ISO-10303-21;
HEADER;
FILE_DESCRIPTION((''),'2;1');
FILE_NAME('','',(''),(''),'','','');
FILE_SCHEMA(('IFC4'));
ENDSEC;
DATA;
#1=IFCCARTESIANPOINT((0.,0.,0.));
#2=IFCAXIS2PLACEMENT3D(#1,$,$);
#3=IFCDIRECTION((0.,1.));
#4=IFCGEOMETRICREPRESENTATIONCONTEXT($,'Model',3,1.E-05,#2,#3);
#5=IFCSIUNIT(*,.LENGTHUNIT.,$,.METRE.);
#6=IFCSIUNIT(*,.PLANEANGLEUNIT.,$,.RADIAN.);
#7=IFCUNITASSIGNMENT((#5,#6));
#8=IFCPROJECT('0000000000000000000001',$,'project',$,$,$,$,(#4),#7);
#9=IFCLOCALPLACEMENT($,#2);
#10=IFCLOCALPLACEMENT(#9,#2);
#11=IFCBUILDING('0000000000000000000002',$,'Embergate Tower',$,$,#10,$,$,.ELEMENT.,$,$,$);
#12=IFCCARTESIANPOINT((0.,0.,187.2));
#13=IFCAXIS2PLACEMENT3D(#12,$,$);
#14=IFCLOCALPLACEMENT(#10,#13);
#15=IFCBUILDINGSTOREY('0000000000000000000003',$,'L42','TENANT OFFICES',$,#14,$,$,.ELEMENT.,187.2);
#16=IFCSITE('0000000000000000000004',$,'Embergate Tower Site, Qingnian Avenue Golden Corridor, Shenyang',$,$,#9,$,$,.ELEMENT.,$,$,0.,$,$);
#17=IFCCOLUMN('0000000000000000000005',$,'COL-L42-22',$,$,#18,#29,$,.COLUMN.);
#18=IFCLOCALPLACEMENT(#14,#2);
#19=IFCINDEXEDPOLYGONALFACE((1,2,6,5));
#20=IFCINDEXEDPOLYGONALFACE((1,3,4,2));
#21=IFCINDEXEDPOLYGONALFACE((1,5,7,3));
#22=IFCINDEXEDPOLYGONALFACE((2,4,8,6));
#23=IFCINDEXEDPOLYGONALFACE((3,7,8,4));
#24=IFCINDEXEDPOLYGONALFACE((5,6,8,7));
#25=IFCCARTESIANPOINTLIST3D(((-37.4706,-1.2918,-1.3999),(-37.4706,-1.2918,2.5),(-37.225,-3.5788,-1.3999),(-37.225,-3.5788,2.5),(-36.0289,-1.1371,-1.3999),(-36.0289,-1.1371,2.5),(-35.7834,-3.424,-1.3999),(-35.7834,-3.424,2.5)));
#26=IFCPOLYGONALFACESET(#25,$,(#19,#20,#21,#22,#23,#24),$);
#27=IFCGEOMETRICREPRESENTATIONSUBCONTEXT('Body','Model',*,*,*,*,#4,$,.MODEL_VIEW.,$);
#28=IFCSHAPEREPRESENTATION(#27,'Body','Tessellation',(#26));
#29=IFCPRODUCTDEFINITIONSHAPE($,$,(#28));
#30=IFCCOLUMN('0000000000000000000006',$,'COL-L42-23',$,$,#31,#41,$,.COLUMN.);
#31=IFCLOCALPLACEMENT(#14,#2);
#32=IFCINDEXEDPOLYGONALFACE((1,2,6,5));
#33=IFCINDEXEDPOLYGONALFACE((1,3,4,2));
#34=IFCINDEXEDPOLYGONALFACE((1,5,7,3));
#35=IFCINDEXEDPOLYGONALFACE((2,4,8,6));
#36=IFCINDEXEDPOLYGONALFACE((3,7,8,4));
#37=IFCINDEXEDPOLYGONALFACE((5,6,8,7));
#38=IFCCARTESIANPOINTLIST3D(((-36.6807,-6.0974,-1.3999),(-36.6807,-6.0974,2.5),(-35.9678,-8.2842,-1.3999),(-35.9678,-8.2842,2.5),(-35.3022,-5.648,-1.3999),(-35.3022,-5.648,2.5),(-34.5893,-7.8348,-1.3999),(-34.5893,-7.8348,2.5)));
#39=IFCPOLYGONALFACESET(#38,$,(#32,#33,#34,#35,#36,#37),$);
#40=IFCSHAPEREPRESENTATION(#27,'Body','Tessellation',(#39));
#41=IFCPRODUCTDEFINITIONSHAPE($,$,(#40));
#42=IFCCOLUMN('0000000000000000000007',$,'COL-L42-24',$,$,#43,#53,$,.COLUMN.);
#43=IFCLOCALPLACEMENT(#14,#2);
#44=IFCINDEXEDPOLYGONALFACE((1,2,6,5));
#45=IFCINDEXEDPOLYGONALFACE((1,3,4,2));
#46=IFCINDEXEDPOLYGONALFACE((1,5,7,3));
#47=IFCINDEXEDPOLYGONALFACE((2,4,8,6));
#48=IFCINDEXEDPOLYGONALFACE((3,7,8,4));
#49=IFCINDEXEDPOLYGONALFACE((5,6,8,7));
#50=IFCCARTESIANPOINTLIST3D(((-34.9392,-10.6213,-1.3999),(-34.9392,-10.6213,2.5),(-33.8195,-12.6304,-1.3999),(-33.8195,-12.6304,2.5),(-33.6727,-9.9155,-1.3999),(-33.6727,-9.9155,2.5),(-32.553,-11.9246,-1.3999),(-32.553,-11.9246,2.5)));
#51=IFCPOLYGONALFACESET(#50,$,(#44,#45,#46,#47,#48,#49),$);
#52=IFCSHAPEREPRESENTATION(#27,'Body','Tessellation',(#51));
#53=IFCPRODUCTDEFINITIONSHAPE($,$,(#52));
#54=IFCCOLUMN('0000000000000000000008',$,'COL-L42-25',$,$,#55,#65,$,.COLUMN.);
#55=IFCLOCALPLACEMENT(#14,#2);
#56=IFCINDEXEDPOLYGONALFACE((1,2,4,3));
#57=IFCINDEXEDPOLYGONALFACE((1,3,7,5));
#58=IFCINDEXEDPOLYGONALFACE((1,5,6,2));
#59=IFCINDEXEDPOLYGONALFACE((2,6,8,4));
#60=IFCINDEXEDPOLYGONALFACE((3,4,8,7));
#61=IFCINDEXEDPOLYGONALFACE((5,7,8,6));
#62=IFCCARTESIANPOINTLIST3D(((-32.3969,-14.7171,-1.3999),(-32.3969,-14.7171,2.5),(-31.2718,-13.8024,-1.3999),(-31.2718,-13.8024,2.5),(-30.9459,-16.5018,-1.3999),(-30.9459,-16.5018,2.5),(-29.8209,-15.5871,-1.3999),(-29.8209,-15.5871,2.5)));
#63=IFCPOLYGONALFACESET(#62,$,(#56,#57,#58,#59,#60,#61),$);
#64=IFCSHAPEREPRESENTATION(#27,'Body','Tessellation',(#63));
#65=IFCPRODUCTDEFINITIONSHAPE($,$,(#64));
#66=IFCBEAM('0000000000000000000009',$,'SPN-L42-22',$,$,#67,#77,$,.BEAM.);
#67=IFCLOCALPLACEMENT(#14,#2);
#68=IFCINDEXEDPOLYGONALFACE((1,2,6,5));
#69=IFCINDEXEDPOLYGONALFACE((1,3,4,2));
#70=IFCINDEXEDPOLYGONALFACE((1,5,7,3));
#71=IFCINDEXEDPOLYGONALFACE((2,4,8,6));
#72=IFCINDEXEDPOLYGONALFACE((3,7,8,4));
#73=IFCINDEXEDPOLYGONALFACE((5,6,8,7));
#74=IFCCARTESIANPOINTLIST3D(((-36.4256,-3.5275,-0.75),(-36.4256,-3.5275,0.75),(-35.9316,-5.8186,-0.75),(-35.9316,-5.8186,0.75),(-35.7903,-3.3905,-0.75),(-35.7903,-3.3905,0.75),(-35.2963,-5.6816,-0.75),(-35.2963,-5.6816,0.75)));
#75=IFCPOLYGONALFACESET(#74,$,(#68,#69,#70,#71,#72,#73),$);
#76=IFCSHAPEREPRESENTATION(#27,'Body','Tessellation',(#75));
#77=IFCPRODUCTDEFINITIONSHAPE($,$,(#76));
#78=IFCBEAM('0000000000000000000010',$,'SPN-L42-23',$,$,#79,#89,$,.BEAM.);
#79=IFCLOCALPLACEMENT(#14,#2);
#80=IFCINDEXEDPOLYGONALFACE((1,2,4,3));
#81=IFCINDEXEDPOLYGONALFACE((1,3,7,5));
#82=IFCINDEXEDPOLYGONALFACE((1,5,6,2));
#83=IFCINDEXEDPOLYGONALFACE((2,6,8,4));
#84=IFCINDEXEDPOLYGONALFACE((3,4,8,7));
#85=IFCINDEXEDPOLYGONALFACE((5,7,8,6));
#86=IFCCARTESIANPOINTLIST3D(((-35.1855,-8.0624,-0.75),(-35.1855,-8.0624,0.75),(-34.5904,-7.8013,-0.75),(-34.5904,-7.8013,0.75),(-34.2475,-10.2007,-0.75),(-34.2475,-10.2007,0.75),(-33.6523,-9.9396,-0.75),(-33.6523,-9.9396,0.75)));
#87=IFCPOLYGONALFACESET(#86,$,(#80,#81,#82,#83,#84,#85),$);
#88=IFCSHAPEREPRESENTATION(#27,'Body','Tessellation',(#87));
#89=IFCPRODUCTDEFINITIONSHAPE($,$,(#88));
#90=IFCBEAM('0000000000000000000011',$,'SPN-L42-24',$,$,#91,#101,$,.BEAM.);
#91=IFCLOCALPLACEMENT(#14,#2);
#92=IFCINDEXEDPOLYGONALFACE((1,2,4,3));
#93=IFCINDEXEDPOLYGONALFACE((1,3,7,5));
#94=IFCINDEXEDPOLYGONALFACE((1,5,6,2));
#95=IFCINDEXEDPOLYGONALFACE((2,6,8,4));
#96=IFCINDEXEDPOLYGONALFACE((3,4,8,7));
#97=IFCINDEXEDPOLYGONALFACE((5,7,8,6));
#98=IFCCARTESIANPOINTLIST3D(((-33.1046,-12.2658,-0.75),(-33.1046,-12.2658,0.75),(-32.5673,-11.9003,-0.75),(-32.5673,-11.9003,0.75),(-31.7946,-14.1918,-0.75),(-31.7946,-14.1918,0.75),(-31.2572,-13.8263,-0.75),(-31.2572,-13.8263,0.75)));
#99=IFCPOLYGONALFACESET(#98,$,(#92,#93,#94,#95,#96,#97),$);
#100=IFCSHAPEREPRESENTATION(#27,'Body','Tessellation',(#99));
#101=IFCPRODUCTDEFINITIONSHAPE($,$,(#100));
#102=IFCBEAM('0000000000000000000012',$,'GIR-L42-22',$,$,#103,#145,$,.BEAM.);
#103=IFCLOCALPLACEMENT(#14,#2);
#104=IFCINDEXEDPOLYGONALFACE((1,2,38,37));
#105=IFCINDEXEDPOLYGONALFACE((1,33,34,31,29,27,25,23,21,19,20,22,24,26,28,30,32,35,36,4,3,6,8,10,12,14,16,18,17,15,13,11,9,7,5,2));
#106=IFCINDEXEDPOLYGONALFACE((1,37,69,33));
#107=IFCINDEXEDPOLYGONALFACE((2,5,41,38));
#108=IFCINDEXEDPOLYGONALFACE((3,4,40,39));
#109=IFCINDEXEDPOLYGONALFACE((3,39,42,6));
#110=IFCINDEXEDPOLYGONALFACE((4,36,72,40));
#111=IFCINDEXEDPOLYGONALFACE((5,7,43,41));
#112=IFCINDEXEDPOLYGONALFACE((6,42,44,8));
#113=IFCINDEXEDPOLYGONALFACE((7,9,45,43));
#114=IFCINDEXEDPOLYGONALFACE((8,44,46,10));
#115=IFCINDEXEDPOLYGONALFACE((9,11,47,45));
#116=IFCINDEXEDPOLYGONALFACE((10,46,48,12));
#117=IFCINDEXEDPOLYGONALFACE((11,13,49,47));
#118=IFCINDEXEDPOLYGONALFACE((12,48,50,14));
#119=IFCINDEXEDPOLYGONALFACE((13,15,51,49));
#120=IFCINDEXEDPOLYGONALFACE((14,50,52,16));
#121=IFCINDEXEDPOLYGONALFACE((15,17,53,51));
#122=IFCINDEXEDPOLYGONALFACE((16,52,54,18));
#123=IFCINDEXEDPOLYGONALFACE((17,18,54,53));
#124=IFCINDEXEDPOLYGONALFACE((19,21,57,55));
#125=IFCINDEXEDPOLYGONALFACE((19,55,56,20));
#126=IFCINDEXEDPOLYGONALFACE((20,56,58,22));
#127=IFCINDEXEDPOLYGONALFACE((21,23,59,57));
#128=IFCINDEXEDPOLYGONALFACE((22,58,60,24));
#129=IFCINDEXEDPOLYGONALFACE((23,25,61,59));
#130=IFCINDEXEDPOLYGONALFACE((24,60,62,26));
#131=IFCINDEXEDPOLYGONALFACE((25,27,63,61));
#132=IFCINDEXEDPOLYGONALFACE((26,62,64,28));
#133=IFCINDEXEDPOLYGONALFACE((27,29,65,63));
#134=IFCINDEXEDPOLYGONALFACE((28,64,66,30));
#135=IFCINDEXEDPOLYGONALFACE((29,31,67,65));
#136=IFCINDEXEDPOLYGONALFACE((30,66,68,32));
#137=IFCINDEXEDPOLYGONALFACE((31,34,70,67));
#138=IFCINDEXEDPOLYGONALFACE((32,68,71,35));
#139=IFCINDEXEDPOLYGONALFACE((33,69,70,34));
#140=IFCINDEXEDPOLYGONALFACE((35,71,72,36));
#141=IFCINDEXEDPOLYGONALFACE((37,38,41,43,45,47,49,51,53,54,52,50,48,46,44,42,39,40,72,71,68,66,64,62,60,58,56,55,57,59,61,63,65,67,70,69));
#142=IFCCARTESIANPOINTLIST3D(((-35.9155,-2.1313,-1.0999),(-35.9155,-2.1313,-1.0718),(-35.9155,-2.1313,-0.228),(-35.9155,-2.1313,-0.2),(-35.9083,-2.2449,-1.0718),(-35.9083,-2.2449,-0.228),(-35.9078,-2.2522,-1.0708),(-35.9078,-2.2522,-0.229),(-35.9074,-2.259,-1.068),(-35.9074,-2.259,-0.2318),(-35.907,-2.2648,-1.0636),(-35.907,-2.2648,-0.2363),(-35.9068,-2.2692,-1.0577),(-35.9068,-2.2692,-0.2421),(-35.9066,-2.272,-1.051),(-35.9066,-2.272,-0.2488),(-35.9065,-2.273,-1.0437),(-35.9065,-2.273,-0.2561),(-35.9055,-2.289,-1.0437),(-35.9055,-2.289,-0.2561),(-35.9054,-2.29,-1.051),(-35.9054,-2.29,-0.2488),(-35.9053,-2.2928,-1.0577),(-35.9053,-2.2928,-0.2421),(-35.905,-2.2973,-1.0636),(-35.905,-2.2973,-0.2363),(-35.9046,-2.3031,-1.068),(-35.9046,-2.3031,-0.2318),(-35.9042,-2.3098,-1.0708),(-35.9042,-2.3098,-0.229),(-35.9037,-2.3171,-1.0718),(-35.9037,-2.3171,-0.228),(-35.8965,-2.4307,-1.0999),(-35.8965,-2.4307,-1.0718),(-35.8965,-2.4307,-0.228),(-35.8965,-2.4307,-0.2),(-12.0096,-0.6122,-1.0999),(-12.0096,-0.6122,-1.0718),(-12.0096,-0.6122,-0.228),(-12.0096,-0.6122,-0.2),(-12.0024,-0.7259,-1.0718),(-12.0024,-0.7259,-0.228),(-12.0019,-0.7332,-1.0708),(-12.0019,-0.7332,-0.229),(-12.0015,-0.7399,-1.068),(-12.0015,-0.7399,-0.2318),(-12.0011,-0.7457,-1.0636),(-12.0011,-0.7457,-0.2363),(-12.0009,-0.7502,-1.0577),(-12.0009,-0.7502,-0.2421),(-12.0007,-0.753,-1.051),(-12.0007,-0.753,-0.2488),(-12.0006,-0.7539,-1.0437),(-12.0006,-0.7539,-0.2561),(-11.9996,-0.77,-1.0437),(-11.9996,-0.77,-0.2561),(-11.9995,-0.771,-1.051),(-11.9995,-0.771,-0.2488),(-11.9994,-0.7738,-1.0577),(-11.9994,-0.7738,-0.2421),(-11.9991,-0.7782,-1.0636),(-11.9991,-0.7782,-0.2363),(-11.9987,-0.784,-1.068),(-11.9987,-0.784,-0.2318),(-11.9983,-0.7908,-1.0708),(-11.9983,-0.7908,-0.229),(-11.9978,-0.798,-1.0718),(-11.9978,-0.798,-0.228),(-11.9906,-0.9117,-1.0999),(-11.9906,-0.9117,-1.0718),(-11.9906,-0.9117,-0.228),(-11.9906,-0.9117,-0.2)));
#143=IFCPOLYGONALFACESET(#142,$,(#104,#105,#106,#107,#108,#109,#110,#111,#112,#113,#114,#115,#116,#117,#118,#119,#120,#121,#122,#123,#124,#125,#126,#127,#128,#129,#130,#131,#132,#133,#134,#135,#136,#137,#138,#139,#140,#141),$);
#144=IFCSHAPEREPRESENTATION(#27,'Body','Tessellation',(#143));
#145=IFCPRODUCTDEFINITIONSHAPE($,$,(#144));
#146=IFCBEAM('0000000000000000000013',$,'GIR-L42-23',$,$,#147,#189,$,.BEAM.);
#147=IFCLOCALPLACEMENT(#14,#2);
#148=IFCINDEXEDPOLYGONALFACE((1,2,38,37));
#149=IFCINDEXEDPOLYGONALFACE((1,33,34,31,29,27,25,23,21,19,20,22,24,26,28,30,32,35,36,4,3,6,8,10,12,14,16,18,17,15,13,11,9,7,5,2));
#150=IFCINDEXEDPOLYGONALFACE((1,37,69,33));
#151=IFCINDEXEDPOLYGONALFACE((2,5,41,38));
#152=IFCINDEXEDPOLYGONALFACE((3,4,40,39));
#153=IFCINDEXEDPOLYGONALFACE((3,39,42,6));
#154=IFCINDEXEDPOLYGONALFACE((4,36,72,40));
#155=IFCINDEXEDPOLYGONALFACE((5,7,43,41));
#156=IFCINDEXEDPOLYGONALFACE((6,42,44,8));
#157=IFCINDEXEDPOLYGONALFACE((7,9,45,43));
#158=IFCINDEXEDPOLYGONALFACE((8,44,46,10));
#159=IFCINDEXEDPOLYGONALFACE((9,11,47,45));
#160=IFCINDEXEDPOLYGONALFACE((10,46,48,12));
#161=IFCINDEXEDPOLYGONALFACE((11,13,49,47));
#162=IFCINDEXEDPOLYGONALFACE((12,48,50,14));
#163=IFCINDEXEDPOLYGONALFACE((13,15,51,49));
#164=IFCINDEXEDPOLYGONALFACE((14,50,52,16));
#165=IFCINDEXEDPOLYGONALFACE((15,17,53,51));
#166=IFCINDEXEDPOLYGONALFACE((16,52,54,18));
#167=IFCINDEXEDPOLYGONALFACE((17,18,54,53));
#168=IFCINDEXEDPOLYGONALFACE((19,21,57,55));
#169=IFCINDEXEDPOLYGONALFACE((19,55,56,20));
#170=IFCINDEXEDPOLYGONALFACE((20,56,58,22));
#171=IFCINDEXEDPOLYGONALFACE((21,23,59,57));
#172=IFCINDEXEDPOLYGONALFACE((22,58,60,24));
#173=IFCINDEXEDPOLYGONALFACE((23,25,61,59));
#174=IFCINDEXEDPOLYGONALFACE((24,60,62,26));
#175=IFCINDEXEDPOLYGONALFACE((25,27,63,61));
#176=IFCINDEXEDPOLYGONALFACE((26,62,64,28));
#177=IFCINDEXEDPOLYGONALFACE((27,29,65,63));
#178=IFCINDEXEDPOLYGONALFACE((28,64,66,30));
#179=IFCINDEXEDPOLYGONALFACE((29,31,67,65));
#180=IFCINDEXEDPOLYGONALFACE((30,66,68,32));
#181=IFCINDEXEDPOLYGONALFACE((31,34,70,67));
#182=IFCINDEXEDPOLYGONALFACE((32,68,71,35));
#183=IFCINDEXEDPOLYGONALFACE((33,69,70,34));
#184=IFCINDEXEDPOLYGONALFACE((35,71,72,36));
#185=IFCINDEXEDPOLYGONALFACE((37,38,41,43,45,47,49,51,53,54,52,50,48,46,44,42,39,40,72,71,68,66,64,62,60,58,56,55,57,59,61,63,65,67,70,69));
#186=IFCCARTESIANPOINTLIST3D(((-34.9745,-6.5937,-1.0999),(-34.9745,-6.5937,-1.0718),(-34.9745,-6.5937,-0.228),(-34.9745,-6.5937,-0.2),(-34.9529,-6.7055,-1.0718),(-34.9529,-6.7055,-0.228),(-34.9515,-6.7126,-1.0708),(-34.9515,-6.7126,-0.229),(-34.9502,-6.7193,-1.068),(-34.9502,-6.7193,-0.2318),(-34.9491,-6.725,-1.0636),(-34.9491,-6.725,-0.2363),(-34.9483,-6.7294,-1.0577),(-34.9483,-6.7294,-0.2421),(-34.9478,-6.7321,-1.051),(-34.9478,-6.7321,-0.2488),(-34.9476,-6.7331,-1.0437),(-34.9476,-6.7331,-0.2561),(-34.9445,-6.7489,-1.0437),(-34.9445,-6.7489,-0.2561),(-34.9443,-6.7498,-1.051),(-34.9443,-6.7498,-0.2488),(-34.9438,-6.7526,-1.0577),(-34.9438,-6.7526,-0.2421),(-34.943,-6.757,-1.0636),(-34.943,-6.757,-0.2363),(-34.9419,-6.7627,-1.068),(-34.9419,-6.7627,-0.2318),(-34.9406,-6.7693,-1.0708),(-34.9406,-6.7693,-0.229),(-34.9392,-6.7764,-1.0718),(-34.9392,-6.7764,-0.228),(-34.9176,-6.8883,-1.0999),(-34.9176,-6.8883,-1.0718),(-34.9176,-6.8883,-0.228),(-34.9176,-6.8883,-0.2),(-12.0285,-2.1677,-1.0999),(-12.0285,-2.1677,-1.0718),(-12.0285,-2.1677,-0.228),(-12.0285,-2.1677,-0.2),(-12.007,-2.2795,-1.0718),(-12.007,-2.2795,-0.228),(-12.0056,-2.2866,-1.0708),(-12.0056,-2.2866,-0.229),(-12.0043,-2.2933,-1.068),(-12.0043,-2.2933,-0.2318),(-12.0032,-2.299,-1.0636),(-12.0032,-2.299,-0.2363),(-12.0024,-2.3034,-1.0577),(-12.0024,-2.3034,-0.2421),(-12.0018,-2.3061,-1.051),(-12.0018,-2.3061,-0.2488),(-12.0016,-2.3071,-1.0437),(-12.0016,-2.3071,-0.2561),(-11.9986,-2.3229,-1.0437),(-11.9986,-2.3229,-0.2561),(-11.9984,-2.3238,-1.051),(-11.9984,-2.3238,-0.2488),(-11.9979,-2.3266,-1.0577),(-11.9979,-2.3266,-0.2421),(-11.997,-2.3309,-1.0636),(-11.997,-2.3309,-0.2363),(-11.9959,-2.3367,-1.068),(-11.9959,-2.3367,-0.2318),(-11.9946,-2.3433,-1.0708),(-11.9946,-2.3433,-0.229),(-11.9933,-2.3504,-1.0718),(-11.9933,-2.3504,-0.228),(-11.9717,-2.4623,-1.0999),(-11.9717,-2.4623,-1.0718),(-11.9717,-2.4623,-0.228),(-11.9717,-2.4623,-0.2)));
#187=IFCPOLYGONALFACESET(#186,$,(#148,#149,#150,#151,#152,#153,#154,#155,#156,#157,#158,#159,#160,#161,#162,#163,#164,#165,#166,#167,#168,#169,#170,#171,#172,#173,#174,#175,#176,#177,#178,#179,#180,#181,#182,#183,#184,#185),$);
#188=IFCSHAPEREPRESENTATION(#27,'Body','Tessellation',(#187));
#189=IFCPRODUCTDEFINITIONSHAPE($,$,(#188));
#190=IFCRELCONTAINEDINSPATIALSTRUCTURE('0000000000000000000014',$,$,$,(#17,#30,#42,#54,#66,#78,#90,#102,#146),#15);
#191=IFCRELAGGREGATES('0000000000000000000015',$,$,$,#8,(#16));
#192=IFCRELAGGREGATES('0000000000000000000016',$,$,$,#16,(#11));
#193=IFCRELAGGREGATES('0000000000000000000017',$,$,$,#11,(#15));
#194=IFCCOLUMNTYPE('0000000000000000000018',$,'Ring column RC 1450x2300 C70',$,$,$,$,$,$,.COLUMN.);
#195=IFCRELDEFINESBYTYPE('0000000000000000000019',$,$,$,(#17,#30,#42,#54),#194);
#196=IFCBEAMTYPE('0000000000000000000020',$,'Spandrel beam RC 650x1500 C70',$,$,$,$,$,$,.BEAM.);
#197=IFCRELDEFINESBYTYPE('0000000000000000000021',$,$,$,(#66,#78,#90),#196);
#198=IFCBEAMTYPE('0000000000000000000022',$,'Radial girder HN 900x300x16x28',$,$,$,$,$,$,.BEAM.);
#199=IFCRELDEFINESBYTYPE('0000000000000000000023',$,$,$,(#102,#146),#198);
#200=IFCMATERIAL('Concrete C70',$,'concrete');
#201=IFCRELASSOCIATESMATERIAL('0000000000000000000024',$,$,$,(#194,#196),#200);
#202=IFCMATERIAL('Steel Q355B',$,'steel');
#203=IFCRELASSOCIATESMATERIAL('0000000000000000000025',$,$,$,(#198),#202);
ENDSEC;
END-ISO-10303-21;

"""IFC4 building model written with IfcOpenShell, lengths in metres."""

from ifc_helpers import new_model, si_unit, direction, frame, origin, origin_2d, place, context, subcontext, project, spatial, rectangle, i_section, extrude, source, transform, mapped, material, material_profile, profile_set, type_object, element, save


model = new_model("IFC4")

# Units and contexts
model_context = context("Model", 3, precision=1e-05, world=origin(), true_north=direction((0.0, 1.0)))
body_context = subcontext(model_context, "Body", "Model", "MODEL_VIEW")
ifc_project = project(units=[si_unit("LENGTHUNIT", "METRE"), si_unit("PLANEANGLEUNIT", "RADIAN")], contexts=[model_context])

# Site, building, storey
site_placement = place(None, origin())
site = spatial("IfcSite", under=ifc_project, at=site_placement, Name="Embergate Tower Site, Qingnian Avenue Golden Corridor, Shenyang", CompositionType="ELEMENT", RefElevation=0.0)
building_placement = place(site_placement, origin())
building = spatial("IfcBuilding", under=site, at=building_placement, Name="Embergate Tower", CompositionType="ELEMENT")
storey_placement = place(building_placement, frame((0.0, 0.0, 187.2)))
storey = spatial("IfcBuildingStorey", under=building, at=storey_placement, Name="L42", Description="TENANT OFFICES", CompositionType="ELEMENT", Elevation=187.2)

# Columns
ifc_material_1 = material(Name="Concrete C70", Category="concrete")
ifc_material_profile_1 = material_profile(ifc_material_1, rectangle(XDim=1.45, YDim=2.3, at=origin_2d()), Name="RC 1450x2300")
ifc_profile_set_1 = profile_set([ifc_material_profile_1], Name="Concrete C70")
column_type = type_object("IfcColumnType", Name="Ring column RC 1450x2300 C70", PredefinedType="COLUMN", material=ifc_profile_set_1)
shared_shape_1 = source(origin(), body_context, "Body", "SweptSolid", [
    extrude(rectangle(XDim=1.45, YDim=2.3, at=origin_2d()), origin(), (0.0, 0.0, 1.0), 3.8999),
])
for number, where, z_axis, x_axis, name in (
    (1, (-36.627, -2.3579, -1.3999), (0.0, 0.0, 1.0), (-0.994286, -0.10675, 0.0), "COL-L42-22"),
    (2, (-35.635, -6.9661, -1.3999), (0.0, 0.0, 1.0), (-0.950754, -0.309946, 0.0), "COL-L42-23"),
    (3, (-33.7461, -11.2729, -1.3999), (0.0, 0.0, 1.0), (-0.8735, -0.486823, 0.0), "COL-L42-24"),
    (4, (-31.1089, -15.1521, -1.3999), (0.0, 0.0, 1.0), (-0.775925, -0.630825, 0.0), "COL-L42-25"),
):
    element("IfcColumn", number, at=place(storey_placement, frame(where, z_axis=z_axis, x_axis=x_axis)), inside=storey, type_object=column_type, Name=name, PredefinedType="COLUMN", context=body_context, shape_type="MappedRepresentation", body=[
        mapped(shared_shape_1, transform((0.0, 0.0, 0.0))),
    ])

# Beams
ifc_material_profile_2 = material_profile(ifc_material_1, rectangle(XDim=0.6499, YDim=1.5, at=origin_2d()), Name="RC 650x1500")
ifc_profile_set_2 = profile_set([ifc_material_profile_2], Name="Concrete C70")
beam_type_1 = type_object("IfcBeamType", Name="Spandrel beam RC 650x1500 C70", PredefinedType="BEAM", material=ifc_profile_set_2)
shared_shape_2 = source(origin(), body_context, "Body", "SweptSolid", [
    extrude(rectangle(XDim=0.6499, YDim=1.5, at=origin_2d()), origin(), (0.0, 0.0, 1.0), 2.3438),
])
beam_1_placement = place(storey_placement, frame((-36.1079, -3.459, 0.0), z_axis=(0.210738, -0.977543, 0.0), x_axis=(0.977543, 0.210738, 0.0)))
element("IfcBeam", 5, at=beam_1_placement, inside=storey, type_object=beam_type_1, Name="SPN-L42-22", PredefinedType="BEAM", context=body_context, shape_type="MappedRepresentation", body=[
    mapped(shared_shape_2, transform((0.0, 0.0, 0.0))),
])
shared_shape_3 = source(origin(), body_context, "Body", "SweptSolid", [
    extrude(rectangle(XDim=0.6499, YDim=1.5, at=origin_2d()), origin(), (0.0, 0.0, 1.0), 2.335),
])
beam_2_placement = place(storey_placement, frame((-34.8879, -7.9319, 0.0), z_axis=(0.401729, -0.915759, 0.0), x_axis=(0.915759, 0.401729, 0.0)))
element("IfcBeam", 6, at=beam_2_placement, inside=storey, type_object=beam_type_1, Name="SPN-L42-23", PredefinedType="BEAM", context=body_context, shape_type="MappedRepresentation", body=[
    mapped(shared_shape_3, transform((0.0, 0.0, 0.0))),
])
shared_shape_4 = source(origin(), body_context, "Body", "SweptSolid", [
    extrude(rectangle(XDim=0.6499, YDim=1.5, at=origin_2d()), origin(), (0.0, 0.0, 1.0), 2.3293),
])
beam_3_placement = place(storey_placement, frame((-32.8359, -12.083, 0.0), z_axis=(0.562416, -0.826854, 0.0), x_axis=(0.826854, 0.562416, 0.0)))
element("IfcBeam", 7, at=beam_3_placement, inside=storey, type_object=beam_type_1, Name="SPN-L42-24", PredefinedType="BEAM", context=body_context, shape_type="MappedRepresentation", body=[
    mapped(shared_shape_4, transform((0.0, 0.0, 0.0))),
])
ifc_material_2 = material(Name="Steel Q355B", Category="steel")
ifc_material_profile_3 = material_profile(ifc_material_2, i_section(OverallWidth=0.3, OverallDepth=0.8999, WebThickness=0.0161, FlangeThickness=0.0281, FilletRadius=0.0281, at=origin_2d()), Name="HN 900x300x16x28")
ifc_profile_set_3 = profile_set([ifc_material_profile_3], Name="Steel Q355 grade B")
beam_type_2 = type_object("IfcBeamType", Name="Radial girder HN 900x300x16x28", PredefinedType="BEAM", material=ifc_profile_set_3)
shared_shape_5 = source(origin(), body_context, "Body", "SweptSolid", [
    extrude(i_section(OverallWidth=0.3, OverallDepth=0.8999, WebThickness=0.0161, FlangeThickness=0.0281, FilletRadius=0.0281, at=origin_2d()), origin(), (0.0, 0.0, 1.0), 23.9541),
])
beam_4_placement = place(storey_placement, frame((-35.906, -2.281, -0.6499), z_axis=(0.997987, 0.063414, 0.0), x_axis=(-0.063414, 0.997987, 0.0)))
element("IfcBeam", 8, at=beam_4_placement, inside=storey, type_object=beam_type_2, Name="GIR-L42-22", PredefinedType="BEAM", context=body_context, shape_type="MappedRepresentation", body=[
    mapped(shared_shape_5, transform((0.0, 0.0, 0.0))),
])
shared_shape_6 = source(origin(), body_context, "Body", "SweptSolid", [
    extrude(i_section(OverallWidth=0.3, OverallDepth=0.8999, WebThickness=0.0161, FlangeThickness=0.0281, FilletRadius=0.0281, at=origin_2d()), origin(), (0.0, 0.0, 1.0), 23.3689),
])
beam_5_placement = place(storey_placement, frame((-34.946, -6.741, -0.6499), z_axis=(0.981901, 0.189397, 0.0), x_axis=(-0.189397, 0.981901, 0.0)))
element("IfcBeam", 9, at=beam_5_placement, inside=storey, type_object=beam_type_2, Name="GIR-L42-23", PredefinedType="BEAM", context=body_context, shape_type="MappedRepresentation", body=[
    mapped(shared_shape_6, transform((0.0, 0.0, 0.0))),
])

save(model, "model.ifc")
